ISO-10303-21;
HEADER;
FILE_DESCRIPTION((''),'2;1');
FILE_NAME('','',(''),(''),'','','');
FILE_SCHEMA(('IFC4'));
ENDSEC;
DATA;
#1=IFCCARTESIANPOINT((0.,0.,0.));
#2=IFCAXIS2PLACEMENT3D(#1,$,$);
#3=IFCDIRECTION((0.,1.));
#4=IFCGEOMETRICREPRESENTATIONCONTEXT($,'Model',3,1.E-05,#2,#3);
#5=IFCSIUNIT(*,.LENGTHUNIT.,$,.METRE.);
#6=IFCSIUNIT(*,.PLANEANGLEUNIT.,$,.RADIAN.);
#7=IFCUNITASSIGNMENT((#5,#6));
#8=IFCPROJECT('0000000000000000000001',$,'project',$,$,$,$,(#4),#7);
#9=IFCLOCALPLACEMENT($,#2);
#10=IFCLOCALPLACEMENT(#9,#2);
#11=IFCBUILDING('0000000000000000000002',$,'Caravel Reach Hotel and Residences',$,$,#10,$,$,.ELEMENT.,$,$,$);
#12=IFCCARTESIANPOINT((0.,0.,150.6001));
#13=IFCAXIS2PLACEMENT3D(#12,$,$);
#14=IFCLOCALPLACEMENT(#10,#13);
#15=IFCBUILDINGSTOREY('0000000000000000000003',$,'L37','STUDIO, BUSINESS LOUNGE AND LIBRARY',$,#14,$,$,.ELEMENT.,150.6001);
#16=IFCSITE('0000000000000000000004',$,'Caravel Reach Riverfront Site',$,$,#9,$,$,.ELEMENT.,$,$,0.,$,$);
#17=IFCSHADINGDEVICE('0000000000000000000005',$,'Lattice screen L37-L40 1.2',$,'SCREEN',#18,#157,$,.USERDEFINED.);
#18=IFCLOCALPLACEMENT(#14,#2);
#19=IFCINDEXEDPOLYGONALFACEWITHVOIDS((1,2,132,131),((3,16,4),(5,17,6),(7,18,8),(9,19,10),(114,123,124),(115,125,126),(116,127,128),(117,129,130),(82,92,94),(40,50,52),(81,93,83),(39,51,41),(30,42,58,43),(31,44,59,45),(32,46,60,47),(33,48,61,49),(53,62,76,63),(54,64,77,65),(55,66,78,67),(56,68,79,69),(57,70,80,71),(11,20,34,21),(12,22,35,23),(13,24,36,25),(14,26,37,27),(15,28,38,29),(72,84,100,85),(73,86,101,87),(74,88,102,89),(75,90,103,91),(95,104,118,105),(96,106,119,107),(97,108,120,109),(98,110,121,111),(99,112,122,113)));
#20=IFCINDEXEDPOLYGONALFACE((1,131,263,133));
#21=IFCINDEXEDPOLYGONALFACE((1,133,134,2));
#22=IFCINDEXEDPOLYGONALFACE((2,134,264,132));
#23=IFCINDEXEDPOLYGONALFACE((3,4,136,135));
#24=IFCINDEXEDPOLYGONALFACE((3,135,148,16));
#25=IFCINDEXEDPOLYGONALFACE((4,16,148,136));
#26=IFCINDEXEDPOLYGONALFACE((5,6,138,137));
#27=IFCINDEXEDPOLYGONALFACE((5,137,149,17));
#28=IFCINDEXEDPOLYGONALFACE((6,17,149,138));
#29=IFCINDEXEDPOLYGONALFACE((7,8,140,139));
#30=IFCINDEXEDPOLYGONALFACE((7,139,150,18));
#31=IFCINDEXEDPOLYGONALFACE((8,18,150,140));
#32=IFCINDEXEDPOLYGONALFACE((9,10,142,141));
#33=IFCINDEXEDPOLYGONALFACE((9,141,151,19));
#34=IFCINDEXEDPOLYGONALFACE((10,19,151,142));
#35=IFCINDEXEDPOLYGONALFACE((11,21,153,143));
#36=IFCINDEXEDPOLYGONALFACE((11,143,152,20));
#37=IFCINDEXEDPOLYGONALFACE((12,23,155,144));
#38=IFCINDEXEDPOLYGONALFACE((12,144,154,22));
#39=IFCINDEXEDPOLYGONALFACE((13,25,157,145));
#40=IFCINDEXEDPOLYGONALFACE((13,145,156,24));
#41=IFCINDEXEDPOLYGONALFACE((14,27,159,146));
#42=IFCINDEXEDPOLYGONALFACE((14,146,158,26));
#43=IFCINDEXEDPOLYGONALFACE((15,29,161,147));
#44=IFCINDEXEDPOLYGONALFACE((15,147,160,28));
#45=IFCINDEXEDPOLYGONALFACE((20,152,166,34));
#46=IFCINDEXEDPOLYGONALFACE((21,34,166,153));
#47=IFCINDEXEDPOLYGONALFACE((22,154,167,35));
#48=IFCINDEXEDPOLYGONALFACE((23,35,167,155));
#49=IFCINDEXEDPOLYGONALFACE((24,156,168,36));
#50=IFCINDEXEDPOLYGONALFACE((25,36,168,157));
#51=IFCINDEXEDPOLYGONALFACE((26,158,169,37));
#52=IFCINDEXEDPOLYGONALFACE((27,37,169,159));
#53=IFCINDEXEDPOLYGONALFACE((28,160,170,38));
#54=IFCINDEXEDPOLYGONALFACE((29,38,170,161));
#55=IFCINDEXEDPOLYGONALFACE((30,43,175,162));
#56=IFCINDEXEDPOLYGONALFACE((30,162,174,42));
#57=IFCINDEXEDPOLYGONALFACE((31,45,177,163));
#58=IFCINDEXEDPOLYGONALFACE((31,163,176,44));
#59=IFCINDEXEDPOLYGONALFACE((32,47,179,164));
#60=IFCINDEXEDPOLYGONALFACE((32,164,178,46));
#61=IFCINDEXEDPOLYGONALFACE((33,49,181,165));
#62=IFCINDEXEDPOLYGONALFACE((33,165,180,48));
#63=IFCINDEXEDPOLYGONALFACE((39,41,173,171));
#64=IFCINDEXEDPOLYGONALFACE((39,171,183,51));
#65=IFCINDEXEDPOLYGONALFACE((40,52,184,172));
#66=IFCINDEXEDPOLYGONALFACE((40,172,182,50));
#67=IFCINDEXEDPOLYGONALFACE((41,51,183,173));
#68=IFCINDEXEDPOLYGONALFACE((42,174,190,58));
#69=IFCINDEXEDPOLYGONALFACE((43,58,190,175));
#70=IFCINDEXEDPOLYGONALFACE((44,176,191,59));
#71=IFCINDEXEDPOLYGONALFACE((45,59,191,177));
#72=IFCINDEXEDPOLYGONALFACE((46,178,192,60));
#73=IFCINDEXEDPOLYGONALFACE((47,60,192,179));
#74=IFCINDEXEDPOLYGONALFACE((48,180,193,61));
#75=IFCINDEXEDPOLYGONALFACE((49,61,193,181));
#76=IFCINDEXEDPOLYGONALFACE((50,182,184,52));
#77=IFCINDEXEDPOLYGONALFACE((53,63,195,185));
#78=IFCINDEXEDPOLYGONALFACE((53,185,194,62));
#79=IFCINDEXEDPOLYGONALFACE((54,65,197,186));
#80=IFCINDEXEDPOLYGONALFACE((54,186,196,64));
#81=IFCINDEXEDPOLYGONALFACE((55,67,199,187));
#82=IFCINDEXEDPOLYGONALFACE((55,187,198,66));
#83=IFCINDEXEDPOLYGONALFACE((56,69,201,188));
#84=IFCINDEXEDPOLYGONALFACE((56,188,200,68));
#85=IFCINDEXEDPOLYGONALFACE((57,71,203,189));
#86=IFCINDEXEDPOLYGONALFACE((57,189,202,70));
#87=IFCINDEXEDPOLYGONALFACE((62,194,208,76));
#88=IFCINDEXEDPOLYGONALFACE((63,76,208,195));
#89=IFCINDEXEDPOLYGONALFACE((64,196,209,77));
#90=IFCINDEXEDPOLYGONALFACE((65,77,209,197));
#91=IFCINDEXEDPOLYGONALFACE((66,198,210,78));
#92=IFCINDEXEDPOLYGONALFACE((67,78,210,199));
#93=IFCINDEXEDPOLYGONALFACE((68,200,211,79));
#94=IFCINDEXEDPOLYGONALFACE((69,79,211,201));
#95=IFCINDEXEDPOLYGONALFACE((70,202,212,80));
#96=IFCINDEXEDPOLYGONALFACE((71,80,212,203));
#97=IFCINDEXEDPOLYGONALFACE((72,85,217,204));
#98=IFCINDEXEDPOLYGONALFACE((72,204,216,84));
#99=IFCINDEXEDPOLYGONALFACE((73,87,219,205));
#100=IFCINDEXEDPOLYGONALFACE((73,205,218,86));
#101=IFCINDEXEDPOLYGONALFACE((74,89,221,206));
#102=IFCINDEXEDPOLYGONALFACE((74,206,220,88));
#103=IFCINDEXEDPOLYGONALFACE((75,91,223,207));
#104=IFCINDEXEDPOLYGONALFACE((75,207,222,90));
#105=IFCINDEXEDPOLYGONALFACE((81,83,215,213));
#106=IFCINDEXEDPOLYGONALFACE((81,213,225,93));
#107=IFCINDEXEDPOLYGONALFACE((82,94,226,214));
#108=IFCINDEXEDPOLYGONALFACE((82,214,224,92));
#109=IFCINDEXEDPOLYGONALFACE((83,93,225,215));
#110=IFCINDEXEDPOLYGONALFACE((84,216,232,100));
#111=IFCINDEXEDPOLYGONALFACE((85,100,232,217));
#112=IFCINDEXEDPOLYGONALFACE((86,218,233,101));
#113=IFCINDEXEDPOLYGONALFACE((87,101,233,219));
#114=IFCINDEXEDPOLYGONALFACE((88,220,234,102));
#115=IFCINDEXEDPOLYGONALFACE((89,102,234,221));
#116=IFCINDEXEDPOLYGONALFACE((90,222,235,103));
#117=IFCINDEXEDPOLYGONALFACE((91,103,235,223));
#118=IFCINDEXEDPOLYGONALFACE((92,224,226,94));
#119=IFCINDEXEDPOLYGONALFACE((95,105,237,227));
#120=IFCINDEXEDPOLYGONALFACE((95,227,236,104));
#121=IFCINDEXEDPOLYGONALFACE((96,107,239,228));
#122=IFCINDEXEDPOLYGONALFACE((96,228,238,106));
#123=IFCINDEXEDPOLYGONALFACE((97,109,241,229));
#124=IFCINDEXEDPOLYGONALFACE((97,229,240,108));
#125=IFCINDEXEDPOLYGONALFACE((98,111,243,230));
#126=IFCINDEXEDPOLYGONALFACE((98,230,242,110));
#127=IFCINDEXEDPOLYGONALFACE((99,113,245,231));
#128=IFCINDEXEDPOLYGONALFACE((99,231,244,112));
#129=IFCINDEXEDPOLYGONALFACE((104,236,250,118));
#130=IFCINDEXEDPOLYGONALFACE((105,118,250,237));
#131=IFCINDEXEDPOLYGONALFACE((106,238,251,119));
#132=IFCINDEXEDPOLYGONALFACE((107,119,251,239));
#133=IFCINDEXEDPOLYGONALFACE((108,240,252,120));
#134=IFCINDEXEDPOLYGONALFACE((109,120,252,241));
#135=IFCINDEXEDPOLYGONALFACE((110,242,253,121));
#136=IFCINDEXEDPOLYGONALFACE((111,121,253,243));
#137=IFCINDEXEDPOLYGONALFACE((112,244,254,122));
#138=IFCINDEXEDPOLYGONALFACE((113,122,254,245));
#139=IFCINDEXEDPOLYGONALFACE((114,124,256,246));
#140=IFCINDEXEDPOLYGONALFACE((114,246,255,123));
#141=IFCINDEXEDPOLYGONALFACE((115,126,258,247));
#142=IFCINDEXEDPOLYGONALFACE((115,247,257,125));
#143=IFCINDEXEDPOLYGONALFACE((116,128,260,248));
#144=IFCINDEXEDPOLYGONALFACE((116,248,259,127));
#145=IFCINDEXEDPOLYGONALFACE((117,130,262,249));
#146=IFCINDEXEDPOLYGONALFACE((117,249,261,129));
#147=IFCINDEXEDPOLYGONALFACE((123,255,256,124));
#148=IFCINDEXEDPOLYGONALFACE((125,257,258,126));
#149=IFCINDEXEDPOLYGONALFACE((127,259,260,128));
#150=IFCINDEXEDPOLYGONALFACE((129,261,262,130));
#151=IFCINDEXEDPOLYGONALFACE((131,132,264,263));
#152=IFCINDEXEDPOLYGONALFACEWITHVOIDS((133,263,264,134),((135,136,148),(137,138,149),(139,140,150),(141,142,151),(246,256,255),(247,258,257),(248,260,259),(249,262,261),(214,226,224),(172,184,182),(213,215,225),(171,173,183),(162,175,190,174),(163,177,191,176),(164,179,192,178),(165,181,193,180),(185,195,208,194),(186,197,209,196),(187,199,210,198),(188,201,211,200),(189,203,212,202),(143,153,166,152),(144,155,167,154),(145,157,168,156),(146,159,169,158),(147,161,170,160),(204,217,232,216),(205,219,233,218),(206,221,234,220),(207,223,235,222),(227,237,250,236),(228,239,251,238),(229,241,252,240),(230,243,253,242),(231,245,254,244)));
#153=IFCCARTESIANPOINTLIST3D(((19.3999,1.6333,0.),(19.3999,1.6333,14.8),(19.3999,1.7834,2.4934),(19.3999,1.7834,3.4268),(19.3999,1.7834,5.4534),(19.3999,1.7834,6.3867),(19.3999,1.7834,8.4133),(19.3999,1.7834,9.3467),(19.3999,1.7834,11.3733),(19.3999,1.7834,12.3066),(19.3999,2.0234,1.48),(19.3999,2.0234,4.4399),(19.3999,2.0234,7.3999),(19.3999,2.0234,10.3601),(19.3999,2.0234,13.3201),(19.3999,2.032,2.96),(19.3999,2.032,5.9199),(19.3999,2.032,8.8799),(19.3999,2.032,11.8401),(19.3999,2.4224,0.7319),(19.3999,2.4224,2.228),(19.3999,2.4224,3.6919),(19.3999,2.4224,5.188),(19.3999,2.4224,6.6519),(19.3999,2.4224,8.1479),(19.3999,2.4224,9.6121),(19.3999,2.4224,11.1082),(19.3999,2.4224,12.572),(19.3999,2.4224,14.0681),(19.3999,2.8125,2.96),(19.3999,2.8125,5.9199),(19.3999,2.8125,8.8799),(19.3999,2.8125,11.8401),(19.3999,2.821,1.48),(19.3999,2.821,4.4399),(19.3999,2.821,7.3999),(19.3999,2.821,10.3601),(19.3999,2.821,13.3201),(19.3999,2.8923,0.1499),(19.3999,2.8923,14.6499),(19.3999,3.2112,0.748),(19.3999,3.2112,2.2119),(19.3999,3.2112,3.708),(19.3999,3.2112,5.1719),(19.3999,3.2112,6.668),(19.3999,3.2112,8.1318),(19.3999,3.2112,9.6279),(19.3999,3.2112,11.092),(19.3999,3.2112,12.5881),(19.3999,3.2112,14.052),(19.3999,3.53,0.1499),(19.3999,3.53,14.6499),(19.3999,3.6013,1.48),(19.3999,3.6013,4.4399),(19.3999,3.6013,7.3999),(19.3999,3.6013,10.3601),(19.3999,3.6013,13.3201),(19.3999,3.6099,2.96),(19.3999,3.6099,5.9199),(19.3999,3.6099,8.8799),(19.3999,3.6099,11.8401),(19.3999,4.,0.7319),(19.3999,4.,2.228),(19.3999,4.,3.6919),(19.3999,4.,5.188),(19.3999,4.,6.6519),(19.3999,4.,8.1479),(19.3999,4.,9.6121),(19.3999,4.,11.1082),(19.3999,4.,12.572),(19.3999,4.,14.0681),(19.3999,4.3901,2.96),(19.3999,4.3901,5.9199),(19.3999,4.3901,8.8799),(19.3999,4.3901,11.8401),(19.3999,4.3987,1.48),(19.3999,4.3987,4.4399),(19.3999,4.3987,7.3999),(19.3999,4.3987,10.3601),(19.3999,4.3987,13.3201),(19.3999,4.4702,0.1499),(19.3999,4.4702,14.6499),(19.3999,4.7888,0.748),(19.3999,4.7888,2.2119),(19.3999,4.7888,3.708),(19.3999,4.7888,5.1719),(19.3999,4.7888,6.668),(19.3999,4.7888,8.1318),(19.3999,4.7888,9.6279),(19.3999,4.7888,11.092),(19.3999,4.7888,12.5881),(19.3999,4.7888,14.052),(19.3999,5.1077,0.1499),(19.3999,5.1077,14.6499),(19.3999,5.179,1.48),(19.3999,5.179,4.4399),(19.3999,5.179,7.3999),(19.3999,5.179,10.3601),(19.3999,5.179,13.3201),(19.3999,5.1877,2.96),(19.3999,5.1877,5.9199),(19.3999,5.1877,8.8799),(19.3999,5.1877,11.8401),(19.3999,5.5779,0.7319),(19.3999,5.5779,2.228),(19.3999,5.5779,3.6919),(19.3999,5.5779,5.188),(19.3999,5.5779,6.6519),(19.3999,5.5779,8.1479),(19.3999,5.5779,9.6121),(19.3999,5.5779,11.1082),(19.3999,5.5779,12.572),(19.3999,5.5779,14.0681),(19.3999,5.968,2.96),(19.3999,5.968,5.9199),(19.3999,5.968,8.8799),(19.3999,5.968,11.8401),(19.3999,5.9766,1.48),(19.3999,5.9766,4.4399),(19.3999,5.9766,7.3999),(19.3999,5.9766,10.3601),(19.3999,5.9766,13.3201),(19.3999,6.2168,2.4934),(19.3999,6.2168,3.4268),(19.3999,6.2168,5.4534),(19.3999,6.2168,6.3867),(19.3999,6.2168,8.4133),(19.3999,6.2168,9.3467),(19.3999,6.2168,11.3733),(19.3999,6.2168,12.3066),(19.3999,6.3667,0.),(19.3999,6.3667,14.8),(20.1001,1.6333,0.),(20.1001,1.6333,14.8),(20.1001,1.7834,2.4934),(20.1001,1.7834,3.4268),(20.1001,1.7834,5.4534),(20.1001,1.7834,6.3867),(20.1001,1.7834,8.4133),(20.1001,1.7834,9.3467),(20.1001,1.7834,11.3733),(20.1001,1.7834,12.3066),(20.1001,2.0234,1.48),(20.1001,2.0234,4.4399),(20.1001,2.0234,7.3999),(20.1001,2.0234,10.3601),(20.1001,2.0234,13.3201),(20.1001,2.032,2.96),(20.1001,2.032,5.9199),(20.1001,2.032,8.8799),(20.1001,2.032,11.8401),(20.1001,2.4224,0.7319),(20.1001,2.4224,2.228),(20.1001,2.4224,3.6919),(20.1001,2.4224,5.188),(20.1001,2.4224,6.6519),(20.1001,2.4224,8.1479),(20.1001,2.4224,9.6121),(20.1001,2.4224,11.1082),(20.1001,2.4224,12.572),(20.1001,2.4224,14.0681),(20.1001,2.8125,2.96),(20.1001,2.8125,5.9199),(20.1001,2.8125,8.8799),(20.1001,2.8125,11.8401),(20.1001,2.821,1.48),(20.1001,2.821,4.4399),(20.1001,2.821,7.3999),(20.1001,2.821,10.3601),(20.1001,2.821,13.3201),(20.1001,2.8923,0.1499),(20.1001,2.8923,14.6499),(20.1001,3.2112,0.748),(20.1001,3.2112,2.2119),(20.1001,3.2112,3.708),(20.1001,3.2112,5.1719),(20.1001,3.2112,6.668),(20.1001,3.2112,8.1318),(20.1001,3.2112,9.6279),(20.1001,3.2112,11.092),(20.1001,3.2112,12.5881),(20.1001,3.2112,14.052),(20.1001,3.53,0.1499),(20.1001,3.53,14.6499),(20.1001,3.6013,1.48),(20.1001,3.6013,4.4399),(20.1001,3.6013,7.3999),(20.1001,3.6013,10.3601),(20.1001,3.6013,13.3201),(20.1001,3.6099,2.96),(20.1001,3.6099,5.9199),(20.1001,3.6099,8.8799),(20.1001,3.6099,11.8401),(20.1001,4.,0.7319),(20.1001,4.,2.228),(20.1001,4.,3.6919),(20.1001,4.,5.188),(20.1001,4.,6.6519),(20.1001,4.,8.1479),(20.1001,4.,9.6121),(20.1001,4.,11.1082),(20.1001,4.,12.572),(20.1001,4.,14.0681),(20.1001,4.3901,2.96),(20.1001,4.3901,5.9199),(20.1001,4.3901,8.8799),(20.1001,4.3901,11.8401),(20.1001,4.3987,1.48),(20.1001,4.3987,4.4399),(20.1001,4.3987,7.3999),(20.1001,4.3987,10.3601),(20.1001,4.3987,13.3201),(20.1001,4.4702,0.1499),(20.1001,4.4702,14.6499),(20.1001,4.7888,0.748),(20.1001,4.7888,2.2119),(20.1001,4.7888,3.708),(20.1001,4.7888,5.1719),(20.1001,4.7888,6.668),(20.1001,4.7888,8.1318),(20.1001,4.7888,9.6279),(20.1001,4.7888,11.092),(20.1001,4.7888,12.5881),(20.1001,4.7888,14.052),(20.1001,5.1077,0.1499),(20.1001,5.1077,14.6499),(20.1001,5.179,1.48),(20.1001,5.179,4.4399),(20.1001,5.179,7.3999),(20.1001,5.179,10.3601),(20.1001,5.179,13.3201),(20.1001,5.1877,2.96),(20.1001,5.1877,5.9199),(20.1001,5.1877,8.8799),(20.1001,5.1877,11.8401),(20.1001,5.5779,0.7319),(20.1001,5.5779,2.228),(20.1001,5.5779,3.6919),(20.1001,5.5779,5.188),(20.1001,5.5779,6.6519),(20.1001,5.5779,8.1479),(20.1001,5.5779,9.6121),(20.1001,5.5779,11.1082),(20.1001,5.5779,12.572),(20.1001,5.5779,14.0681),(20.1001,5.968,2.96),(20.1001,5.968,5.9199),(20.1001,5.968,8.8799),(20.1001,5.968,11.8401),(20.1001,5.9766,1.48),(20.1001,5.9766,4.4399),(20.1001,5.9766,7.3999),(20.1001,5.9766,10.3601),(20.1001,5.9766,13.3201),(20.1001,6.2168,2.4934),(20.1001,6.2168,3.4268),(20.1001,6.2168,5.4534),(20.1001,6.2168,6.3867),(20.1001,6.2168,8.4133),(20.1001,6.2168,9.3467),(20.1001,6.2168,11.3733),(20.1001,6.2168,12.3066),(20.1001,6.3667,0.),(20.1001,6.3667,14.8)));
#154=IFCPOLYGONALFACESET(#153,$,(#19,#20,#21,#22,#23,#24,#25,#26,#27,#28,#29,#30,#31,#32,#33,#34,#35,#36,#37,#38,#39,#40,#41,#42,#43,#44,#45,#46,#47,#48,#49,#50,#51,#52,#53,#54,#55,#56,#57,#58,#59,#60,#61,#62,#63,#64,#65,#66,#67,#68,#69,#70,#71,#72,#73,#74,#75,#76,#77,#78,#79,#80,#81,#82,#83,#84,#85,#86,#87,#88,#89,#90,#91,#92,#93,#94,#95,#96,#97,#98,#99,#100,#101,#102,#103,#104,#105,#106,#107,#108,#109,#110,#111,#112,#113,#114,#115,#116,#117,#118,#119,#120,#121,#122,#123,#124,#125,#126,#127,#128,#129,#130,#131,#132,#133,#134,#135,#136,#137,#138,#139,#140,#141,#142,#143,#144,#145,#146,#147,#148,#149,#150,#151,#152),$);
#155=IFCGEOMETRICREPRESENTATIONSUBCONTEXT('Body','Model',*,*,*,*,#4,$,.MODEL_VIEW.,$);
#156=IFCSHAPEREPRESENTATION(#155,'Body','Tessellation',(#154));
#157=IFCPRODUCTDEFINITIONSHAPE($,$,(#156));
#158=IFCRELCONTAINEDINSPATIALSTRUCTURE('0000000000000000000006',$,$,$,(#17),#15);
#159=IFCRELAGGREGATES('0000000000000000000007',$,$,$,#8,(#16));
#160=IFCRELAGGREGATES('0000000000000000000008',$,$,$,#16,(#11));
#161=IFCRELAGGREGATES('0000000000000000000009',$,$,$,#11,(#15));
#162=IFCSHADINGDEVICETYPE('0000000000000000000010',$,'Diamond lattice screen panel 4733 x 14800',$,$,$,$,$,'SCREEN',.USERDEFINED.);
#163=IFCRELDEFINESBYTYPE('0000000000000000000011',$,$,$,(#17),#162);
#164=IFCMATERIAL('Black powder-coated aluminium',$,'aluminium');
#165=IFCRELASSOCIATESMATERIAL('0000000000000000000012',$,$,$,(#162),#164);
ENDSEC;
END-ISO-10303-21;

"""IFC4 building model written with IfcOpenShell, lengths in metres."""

from ifc_helpers import new_model, si_unit, direction, frame, origin, place, context, subcontext, project, spatial, polyline, outline, extrude, material, type_object, element, save


model = new_model("IFC4")

# Units and contexts
model_context = context("Model", 3, precision=1e-05, world=origin(), true_north=direction((0.0, 1.0)))
body_context = subcontext(model_context, "Body", "Model", "MODEL_VIEW")
ifc_project = project(units=[si_unit("LENGTHUNIT", "METRE"), si_unit("PLANEANGLEUNIT", "RADIAN")], contexts=[model_context])

# Site, building, storey
site_placement = place(None, origin())
site = spatial("IfcSite", under=ifc_project, at=site_placement, Name="Caravel Reach Riverfront Site", CompositionType="ELEMENT", RefElevation=0.0)
building_placement = place(site_placement, origin())
building = spatial("IfcBuilding", under=site, at=building_placement, Name="Caravel Reach Hotel and Residences", CompositionType="ELEMENT")
storey_placement = place(building_placement, frame((0.0, 0.0, 150.6001)))
storey = spatial("IfcBuildingStorey", under=building, at=storey_placement, Name="L37", Description="STUDIO, BUSINESS LOUNGE AND LIBRARY", CompositionType="ELEMENT", Elevation=150.6001)

# Shading device
ifc_material_1 = material(Name="Black powder-coated aluminium", Category="aluminium")
shading_device_type_1 = type_object("IfcShadingDeviceType", Name="Diamond lattice screen panel 4733 x 14800", ElementType="SCREEN", PredefinedType="USERDEFINED", material=ifc_material_1)
shading_device_1_placement = place(storey_placement, frame((20.1001, 6.3667, 0.0), z_axis=(-1.0, 0.0, 0.0), x_axis=(0.0, -1.0, 0.0)))
element("IfcShadingDevice", 1, at=shading_device_1_placement, inside=storey, type_object=shading_device_type_1, Name="Lattice screen L37-L40 1.2", ObjectType="SCREEN", PredefinedType="USERDEFINED", context=body_context, shape_type="SweptSolid", body=[
    extrude(outline(polyline([(0.0, 0.0), (4.7334, 0.0), (4.7334, 14.8), (0.0, 14.8), (0.0, 0.0)]), holes=[polyline([(0.3987, 2.96), (0.1499, 3.4268), (0.1499, 2.4934), (0.3987, 2.96)]), polyline([(0.3987, 5.9199), (0.1499, 6.3867), (0.1499, 5.4534), (0.3987, 5.9199)]), polyline([(0.3987, 8.8799), (0.1499, 9.3467), (0.1499, 8.4133), (0.3987, 8.8799)]), polyline([(0.3987, 11.8401), (0.1499, 12.3066), (0.1499, 11.3733), (0.3987, 11.8401)]), polyline([(0.7888, 2.228), (0.3901, 1.48), (0.7888, 0.7319), (1.1877, 1.48), (0.7888, 2.228)]), polyline([(0.7888, 5.188), (0.3901, 4.4399), (0.7888, 3.6919), (1.1877, 4.4399), (0.7888, 5.188)]), polyline([(0.7888, 8.1479), (0.3901, 7.3999), (0.7888, 6.6519), (1.1877, 7.3999), (0.7888, 8.1479)]), polyline([(0.7888, 11.1082), (0.3901, 10.3601), (0.7888, 9.6121), (1.1877, 10.3601), (0.7888, 11.1082)]), polyline([(0.7888, 14.0681), (0.3901, 13.3201), (0.7888, 12.572), (1.1877, 13.3201), (0.7888, 14.0681)]), polyline([(1.5779, 0.748), (1.259, 0.1499), (1.8965, 0.1499), (1.5779, 0.748)]), polyline([(1.5779, 3.708), (1.179, 2.96), (1.5779, 2.2119), (1.9766, 2.96), (1.5779, 3.708)]), polyline([(1.5779, 6.668), (1.179, 5.9199), (1.5779, 5.1719), (1.9766, 5.9199), (1.5779, 6.668)]), polyline([(1.5779, 9.6279), (1.179, 8.8799), (1.5779, 8.1318), (1.9766, 8.8799), (1.5779, 9.6279)]), polyline([(1.5779, 12.5881), (1.179, 11.8401), (1.5779, 11.092), (1.9766, 11.8401), (1.5779, 12.5881)]), polyline([(1.5779, 14.052), (1.8965, 14.6499), (1.259, 14.6499), (1.5779, 14.052)]), polyline([(2.3667, 2.228), (1.968, 1.48), (2.3667, 0.7319), (2.7654, 1.48), (2.3667, 2.228)]), polyline([(2.3667, 5.188), (1.968, 4.4399), (2.3667, 3.6919), (2.7654, 4.4399), (2.3667, 5.188)]), polyline([(2.3667, 8.1479), (1.968, 7.3999), (2.3667, 6.6519), (2.7654, 7.3999), (2.3667, 8.1479)]), polyline([(2.3667, 11.1082), (1.968, 10.3601), (2.3667, 9.6121), (2.7654, 10.3601), (2.3667, 11.1082)]), polyline([(2.3667, 14.0681), (1.968, 13.3201), (2.3667, 12.572), (2.7654, 13.3201), (2.3667, 14.0681)]), polyline([(3.1555, 0.748), (2.8367, 0.1499), (3.4744, 0.1499), (3.1555, 0.748)]), polyline([(3.1555, 3.708), (2.7568, 2.96), (3.1555, 2.2119), (3.5542, 2.96), (3.1555, 3.708)]), polyline([(3.1555, 6.668), (2.7568, 5.9199), (3.1555, 5.1719), (3.5542, 5.9199), (3.1555, 6.668)]), polyline([(3.1555, 9.6279), (2.7568, 8.8799), (3.1555, 8.1318), (3.5542, 8.8799), (3.1555, 9.6279)]), polyline([(3.1555, 12.5881), (2.7568, 11.8401), (3.1555, 11.092), (3.5542, 11.8401), (3.1555, 12.5881)]), polyline([(3.1555, 14.052), (3.4744, 14.6499), (2.8367, 14.6499), (3.1555, 14.052)]), polyline([(3.9443, 2.228), (3.5457, 1.48), (3.9443, 0.7319), (4.3433, 1.48), (3.9443, 2.228)]), polyline([(3.9443, 5.188), (3.5457, 4.4399), (3.9443, 3.6919), (4.3433, 4.4399), (3.9443, 5.188)]), polyline([(3.9443, 8.1479), (3.5457, 7.3999), (3.9443, 6.6519), (4.3433, 7.3999), (3.9443, 8.1479)]), polyline([(3.9443, 11.1082), (3.5457, 10.3601), (3.9443, 9.6121), (4.3433, 10.3601), (3.9443, 11.1082)]), polyline([(3.9443, 14.0681), (3.5457, 13.3201), (3.9443, 12.572), (4.3433, 13.3201), (3.9443, 14.0681)]), polyline([(4.3347, 2.96), (4.5833, 2.4934), (4.5833, 3.4268), (4.3347, 2.96)]), polyline([(4.3347, 5.9199), (4.5833, 5.4534), (4.5833, 6.3867), (4.3347, 5.9199)]), polyline([(4.3347, 8.8799), (4.5833, 8.4133), (4.5833, 9.3467), (4.3347, 8.8799)]), polyline([(4.3347, 11.8401), (4.5833, 11.3733), (4.5833, 12.3066), (4.3347, 11.8401)])]), origin(), (0.0, 0.0, 1.0), 0.7002),
])

save(model, "model.ifc")
